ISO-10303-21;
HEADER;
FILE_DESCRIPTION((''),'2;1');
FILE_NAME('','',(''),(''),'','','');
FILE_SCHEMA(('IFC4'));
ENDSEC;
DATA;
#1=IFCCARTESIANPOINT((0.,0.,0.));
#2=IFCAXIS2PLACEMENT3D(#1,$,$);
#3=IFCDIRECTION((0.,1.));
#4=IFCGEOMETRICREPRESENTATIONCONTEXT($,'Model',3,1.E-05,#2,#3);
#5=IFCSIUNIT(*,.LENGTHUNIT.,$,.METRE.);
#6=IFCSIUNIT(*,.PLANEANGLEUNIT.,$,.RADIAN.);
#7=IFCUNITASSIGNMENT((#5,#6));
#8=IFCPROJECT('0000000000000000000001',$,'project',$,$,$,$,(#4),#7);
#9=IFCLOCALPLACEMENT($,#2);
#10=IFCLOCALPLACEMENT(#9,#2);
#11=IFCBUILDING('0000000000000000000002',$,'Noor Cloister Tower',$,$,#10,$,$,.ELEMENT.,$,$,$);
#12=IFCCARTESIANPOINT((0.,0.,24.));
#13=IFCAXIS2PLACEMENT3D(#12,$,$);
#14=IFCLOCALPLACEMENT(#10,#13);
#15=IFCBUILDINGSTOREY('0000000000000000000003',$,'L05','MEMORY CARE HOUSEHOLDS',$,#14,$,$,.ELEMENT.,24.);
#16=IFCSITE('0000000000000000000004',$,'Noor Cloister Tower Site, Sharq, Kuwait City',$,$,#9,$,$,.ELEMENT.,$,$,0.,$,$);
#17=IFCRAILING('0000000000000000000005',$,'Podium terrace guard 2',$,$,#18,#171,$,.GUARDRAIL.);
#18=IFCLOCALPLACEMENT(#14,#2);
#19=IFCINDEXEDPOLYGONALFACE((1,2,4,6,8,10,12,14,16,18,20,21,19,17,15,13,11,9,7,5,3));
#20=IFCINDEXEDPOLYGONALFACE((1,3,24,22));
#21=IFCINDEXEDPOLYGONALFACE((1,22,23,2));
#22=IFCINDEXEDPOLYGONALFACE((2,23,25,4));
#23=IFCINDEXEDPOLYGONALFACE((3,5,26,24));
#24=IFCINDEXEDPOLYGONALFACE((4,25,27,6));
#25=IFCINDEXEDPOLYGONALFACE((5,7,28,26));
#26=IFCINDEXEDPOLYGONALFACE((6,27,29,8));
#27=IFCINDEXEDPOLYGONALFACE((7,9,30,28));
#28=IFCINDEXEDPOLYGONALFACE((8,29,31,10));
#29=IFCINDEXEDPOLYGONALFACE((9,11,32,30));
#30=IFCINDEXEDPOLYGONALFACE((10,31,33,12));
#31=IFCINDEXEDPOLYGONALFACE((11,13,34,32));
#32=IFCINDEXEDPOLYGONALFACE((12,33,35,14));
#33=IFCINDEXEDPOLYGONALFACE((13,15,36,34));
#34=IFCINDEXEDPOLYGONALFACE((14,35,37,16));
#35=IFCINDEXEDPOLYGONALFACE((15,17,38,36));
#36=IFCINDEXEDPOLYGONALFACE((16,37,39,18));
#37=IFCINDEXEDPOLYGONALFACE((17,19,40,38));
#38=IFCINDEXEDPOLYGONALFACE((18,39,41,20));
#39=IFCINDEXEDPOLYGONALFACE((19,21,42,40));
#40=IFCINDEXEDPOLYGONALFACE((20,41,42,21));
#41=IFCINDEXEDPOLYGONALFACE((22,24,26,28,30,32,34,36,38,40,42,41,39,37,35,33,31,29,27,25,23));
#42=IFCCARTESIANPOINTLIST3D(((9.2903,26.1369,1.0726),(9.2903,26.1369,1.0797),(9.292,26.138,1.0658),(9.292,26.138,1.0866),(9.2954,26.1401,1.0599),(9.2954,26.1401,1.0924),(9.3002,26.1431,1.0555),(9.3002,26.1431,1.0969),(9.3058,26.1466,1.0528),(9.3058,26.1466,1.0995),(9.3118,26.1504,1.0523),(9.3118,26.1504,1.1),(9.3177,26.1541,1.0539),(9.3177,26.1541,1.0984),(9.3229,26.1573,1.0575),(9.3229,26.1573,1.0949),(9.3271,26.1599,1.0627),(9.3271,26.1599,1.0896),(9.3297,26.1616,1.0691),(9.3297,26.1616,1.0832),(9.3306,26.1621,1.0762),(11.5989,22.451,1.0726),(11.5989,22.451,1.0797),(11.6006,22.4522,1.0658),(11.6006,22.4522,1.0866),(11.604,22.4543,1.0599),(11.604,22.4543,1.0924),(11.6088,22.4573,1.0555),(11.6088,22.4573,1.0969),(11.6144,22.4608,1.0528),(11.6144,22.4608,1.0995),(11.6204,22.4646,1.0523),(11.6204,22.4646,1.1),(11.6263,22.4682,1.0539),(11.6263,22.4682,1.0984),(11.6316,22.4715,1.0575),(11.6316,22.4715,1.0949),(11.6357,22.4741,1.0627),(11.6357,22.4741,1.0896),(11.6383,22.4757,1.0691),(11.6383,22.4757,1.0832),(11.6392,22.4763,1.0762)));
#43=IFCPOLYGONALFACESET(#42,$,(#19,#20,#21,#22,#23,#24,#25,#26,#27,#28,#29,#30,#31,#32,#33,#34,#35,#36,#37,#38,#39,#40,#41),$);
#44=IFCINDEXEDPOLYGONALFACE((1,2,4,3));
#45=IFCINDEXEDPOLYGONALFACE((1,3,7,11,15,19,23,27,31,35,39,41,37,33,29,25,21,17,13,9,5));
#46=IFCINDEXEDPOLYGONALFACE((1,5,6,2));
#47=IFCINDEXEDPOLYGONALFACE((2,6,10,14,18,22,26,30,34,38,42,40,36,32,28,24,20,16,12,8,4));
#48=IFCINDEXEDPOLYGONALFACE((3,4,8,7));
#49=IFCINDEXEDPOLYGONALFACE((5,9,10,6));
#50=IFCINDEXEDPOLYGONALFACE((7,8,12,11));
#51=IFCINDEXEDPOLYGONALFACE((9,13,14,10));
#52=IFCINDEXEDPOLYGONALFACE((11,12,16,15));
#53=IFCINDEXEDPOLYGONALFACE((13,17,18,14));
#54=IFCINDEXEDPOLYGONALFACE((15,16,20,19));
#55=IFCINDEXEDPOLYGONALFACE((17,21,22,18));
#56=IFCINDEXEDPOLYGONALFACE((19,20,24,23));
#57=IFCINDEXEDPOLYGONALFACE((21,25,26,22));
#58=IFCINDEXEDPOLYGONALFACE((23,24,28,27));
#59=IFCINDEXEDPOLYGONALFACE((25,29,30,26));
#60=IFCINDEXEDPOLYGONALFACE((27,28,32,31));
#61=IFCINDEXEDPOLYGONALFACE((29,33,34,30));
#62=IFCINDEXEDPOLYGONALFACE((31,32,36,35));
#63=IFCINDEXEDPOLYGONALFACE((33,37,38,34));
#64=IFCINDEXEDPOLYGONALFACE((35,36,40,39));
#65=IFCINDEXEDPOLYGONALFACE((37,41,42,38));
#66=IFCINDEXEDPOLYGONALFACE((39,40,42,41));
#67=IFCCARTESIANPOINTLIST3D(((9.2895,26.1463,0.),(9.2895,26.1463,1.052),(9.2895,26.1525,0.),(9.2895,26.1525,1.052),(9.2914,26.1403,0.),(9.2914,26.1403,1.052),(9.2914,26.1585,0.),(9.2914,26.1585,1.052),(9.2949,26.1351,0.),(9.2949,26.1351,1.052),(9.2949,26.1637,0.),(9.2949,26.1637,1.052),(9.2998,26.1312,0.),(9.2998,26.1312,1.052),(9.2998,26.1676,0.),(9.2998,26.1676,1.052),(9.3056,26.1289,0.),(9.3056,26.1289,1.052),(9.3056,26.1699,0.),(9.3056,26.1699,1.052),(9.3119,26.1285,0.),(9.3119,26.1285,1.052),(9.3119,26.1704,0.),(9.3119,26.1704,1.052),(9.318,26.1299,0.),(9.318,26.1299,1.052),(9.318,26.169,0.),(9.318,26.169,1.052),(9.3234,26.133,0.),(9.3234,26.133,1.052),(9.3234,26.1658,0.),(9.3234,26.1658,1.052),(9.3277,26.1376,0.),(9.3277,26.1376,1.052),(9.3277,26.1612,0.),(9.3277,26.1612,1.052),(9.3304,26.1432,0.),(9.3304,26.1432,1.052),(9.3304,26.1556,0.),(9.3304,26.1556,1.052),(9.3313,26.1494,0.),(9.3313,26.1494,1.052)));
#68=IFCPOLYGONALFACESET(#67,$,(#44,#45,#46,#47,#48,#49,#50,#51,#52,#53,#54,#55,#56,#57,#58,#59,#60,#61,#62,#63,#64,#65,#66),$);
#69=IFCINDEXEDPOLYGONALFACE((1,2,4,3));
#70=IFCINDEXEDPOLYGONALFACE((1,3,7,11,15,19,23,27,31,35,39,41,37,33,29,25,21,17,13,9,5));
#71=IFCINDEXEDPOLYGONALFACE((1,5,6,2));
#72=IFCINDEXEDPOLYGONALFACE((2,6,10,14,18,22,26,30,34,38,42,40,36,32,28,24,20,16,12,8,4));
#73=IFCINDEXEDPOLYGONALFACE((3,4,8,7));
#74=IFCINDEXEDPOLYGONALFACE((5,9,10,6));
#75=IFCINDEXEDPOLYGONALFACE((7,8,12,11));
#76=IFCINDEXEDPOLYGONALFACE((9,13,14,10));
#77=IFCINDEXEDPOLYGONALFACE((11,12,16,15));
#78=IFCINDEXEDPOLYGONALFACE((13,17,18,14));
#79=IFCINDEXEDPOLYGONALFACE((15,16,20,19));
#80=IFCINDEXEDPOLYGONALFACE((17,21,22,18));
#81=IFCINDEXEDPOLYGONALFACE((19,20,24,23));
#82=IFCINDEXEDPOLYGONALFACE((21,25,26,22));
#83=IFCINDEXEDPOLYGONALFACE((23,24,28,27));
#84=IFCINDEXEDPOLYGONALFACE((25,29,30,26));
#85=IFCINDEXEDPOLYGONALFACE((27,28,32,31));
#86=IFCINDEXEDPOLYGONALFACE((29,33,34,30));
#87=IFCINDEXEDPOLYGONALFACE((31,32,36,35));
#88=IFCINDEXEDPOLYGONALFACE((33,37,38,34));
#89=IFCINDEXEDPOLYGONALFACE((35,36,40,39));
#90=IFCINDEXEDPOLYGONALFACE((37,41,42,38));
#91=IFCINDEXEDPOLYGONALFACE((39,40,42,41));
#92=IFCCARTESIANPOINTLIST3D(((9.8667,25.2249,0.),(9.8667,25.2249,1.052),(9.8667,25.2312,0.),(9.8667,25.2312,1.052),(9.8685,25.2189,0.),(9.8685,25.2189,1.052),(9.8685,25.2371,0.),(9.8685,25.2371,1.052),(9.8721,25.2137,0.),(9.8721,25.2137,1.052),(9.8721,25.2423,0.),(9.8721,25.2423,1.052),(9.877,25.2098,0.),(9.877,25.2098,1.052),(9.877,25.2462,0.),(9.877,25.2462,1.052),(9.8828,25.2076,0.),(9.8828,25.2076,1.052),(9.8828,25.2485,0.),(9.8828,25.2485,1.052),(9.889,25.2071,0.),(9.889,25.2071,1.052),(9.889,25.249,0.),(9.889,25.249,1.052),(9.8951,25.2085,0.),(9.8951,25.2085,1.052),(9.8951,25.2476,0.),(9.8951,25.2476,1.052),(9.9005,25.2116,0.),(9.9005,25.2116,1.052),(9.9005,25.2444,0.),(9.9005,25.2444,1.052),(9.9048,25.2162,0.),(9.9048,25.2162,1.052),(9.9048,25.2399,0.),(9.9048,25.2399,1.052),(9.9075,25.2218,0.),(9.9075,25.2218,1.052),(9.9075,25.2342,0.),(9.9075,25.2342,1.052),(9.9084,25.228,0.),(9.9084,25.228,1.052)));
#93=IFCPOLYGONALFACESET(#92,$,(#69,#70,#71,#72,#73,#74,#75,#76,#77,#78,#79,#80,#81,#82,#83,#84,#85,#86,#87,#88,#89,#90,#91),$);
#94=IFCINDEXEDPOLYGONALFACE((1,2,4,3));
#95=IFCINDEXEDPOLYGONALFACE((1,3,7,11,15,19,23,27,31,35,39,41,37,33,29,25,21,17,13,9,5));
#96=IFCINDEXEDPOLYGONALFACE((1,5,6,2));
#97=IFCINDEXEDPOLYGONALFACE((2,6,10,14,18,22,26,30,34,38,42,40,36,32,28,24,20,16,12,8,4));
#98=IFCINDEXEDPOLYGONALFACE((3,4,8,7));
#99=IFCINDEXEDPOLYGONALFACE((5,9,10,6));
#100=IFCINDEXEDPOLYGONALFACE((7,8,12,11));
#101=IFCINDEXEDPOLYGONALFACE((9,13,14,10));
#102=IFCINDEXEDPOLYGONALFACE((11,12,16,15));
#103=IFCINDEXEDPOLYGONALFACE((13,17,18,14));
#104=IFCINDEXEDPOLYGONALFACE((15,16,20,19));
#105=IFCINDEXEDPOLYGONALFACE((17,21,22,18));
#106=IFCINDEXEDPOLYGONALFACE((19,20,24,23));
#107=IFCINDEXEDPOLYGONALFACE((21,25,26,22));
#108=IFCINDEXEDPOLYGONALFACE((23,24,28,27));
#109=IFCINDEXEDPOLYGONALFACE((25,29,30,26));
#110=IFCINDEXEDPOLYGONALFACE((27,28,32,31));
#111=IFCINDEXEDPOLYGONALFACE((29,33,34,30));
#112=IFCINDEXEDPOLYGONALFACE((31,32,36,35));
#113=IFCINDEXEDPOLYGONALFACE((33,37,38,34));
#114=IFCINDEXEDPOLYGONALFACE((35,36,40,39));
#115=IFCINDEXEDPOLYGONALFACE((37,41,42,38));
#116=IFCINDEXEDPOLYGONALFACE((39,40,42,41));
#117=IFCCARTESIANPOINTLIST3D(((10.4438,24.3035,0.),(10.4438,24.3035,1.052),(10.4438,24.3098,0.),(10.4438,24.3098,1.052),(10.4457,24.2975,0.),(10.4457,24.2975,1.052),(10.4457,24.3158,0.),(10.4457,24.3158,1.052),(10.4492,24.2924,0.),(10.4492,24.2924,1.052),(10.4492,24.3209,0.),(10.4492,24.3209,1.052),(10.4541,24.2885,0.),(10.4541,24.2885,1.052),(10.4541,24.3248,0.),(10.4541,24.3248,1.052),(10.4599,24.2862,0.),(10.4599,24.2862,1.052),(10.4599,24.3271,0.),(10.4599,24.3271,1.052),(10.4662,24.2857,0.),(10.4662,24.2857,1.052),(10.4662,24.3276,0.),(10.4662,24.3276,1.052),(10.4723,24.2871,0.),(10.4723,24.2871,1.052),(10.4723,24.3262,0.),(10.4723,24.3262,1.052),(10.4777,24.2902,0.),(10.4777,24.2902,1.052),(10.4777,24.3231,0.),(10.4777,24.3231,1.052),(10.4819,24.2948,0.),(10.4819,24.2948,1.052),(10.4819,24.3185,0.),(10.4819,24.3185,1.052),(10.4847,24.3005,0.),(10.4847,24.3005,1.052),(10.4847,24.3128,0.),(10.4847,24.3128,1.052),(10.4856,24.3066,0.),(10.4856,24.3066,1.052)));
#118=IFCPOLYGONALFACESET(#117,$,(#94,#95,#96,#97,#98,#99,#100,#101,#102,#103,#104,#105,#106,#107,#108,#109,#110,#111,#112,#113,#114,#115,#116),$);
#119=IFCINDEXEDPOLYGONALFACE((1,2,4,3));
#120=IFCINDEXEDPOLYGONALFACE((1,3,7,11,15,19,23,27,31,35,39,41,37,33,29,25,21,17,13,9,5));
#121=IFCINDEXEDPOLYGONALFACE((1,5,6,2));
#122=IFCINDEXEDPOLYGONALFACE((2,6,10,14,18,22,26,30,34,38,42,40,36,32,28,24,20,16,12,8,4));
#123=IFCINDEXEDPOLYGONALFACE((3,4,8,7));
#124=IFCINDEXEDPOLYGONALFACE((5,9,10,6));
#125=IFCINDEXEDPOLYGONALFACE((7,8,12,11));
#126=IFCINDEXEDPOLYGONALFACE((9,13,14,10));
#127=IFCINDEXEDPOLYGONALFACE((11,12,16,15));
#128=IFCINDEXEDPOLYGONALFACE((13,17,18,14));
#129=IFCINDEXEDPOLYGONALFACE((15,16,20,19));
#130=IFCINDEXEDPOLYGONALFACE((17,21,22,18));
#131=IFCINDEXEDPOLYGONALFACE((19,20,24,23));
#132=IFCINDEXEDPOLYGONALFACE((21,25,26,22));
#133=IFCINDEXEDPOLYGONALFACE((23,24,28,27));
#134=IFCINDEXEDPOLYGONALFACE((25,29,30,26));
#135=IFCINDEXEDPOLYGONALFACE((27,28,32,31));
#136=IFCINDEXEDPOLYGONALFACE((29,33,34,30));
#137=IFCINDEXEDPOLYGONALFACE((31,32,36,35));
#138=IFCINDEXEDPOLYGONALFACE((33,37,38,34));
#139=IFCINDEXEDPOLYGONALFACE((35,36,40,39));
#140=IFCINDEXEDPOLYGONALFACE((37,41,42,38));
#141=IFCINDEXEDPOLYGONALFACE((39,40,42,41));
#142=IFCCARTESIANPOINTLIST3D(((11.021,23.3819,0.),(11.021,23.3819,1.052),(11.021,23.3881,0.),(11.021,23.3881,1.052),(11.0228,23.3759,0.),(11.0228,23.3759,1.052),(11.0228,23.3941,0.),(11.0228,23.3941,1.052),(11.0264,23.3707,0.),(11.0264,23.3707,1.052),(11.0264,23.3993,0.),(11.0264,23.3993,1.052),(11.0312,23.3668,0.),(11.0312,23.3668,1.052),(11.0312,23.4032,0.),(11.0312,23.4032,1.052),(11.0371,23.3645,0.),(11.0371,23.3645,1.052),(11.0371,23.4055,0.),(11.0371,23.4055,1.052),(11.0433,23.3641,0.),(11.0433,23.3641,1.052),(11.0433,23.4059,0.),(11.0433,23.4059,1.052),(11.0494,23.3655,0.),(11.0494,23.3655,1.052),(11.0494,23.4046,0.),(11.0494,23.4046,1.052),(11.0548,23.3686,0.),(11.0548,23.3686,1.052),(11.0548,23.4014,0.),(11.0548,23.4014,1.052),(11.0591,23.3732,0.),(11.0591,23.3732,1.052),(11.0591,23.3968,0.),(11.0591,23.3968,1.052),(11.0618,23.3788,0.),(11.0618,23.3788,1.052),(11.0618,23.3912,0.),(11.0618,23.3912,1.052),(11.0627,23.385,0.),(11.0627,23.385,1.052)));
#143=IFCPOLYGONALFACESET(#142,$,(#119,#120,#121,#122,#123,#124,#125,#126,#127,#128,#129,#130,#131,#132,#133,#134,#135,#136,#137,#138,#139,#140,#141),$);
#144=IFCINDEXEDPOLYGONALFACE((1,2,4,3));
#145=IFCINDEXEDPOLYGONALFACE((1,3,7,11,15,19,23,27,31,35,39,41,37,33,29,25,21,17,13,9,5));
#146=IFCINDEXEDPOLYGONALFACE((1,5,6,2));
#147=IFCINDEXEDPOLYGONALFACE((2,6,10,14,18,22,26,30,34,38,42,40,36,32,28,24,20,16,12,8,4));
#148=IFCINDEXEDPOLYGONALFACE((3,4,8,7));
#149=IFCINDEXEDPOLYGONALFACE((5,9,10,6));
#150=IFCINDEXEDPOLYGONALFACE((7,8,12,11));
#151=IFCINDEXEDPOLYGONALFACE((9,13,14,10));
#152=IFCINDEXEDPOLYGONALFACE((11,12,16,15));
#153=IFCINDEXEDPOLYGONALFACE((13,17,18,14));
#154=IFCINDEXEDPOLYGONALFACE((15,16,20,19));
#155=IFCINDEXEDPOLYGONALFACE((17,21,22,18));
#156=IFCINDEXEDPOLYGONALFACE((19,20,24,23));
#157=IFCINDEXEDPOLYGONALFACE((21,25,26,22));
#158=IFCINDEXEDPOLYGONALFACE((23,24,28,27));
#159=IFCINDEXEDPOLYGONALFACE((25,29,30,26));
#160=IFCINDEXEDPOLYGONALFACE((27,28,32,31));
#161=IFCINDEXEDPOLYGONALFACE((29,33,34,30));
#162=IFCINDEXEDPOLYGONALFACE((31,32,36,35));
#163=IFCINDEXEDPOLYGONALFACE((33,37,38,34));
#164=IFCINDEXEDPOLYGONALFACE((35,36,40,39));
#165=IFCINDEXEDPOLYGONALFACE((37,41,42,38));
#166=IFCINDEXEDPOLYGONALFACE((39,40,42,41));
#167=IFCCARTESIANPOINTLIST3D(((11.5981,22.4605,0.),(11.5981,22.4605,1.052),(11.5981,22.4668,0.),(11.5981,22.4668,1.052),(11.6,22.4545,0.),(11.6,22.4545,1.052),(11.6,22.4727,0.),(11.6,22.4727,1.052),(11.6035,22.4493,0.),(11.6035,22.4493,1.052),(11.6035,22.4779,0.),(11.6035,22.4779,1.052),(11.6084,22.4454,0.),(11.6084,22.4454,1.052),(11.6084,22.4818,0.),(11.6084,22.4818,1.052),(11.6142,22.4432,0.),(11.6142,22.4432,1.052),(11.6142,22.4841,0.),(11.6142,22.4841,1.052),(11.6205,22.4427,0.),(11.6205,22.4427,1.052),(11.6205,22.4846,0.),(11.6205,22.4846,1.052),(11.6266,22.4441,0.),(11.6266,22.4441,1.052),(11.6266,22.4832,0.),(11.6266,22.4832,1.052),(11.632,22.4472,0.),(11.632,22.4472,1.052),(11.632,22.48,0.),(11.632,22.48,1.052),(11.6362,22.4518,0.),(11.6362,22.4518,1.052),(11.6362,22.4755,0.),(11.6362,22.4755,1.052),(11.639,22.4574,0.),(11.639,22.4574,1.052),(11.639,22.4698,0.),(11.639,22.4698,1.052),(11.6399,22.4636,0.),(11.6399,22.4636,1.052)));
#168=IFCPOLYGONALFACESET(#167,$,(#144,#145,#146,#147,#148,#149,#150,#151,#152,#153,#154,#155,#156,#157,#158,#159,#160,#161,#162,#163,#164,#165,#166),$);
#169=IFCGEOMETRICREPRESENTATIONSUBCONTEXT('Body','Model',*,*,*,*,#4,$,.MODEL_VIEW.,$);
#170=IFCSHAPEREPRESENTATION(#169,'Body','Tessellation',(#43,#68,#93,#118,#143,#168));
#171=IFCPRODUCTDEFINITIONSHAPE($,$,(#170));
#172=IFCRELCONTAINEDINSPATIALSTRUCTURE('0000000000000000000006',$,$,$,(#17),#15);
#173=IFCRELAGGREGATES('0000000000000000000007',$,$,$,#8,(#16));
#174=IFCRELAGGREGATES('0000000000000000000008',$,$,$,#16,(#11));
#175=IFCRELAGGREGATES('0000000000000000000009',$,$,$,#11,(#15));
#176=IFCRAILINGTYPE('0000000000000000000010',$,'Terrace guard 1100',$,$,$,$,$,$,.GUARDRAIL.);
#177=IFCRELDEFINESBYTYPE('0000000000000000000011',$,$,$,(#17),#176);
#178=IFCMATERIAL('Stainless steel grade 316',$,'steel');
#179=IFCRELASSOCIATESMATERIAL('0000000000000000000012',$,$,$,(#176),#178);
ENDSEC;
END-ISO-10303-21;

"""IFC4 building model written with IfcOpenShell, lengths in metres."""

from ifc_helpers import new_model, si_unit, direction, frame, origin, origin_2d, place, context, subcontext, project, spatial, circle, extrude, material, type_object, element, save


model = new_model("IFC4")

# Units and contexts
model_context = context("Model", 3, precision=1e-05, world=origin(), true_north=direction((0.0, 1.0)))
body_context = subcontext(model_context, "Body", "Model", "MODEL_VIEW")
ifc_project = project(units=[si_unit("LENGTHUNIT", "METRE"), si_unit("PLANEANGLEUNIT", "RADIAN")], contexts=[model_context])

# Site, building, storey
site_placement = place(None, origin())
site = spatial("IfcSite", under=ifc_project, at=site_placement, Name="Noor Cloister Tower Site, Sharq, Kuwait City", CompositionType="ELEMENT", RefElevation=0.0)
building_placement = place(site_placement, origin())
building = spatial("IfcBuilding", under=site, at=building_placement, Name="Noor Cloister Tower", CompositionType="ELEMENT")
storey_placement = place(building_placement, frame((0.0, 0.0, 24.0)))
storey = spatial("IfcBuildingStorey", under=building, at=storey_placement, Name="L05", Description="MEMORY CARE HOUSEHOLDS", CompositionType="ELEMENT", Elevation=24.0)

# Railing
ifc_material_1 = material(Name="Stainless steel grade 316", Category="steel")
railing_type = type_object("IfcRailingType", Name="Terrace guard 1100", PredefinedType="GUARDRAIL", material=ifc_material_1)
railing_1_placement = place(storey_placement, frame((9.3103, 26.1494, 0.0)))
element("IfcRailing", 1, at=railing_1_placement, inside=storey, type_object=railing_type, Name="Podium terrace guard 2", PredefinedType="GUARDRAIL", context=body_context, shape_type="SweptSolid", body=[
    extrude(circle(Radius=0.0239, at=origin_2d()), frame((0.0, 0.0, 1.0762), z_axis=(0.530821, -0.847484, 0.0), x_axis=(0.847484, 0.530821, 0.0)), (0.0, 0.0, 1.0), 4.3491),
    extrude(circle(Radius=0.021, at=origin_2d()), origin(), (0.0, 0.0, 1.0), 1.052),
    extrude(circle(Radius=0.021, at=origin_2d()), frame((0.5771, -0.9214, 0.0)), (0.0, 0.0, 1.0), 1.052),
    extrude(circle(Radius=0.021, at=origin_2d()), frame((1.1543, -1.8428, 0.0)), (0.0, 0.0, 1.0), 1.052),
    extrude(circle(Radius=0.021, at=origin_2d()), frame((1.7314, -2.7644, 0.0)), (0.0, 0.0, 1.0), 1.052),
    extrude(circle(Radius=0.021, at=origin_2d()), frame((2.3086, -3.6858, 0.0)), (0.0, 0.0, 1.0), 1.052),
])

save(model, "model.ifc")
